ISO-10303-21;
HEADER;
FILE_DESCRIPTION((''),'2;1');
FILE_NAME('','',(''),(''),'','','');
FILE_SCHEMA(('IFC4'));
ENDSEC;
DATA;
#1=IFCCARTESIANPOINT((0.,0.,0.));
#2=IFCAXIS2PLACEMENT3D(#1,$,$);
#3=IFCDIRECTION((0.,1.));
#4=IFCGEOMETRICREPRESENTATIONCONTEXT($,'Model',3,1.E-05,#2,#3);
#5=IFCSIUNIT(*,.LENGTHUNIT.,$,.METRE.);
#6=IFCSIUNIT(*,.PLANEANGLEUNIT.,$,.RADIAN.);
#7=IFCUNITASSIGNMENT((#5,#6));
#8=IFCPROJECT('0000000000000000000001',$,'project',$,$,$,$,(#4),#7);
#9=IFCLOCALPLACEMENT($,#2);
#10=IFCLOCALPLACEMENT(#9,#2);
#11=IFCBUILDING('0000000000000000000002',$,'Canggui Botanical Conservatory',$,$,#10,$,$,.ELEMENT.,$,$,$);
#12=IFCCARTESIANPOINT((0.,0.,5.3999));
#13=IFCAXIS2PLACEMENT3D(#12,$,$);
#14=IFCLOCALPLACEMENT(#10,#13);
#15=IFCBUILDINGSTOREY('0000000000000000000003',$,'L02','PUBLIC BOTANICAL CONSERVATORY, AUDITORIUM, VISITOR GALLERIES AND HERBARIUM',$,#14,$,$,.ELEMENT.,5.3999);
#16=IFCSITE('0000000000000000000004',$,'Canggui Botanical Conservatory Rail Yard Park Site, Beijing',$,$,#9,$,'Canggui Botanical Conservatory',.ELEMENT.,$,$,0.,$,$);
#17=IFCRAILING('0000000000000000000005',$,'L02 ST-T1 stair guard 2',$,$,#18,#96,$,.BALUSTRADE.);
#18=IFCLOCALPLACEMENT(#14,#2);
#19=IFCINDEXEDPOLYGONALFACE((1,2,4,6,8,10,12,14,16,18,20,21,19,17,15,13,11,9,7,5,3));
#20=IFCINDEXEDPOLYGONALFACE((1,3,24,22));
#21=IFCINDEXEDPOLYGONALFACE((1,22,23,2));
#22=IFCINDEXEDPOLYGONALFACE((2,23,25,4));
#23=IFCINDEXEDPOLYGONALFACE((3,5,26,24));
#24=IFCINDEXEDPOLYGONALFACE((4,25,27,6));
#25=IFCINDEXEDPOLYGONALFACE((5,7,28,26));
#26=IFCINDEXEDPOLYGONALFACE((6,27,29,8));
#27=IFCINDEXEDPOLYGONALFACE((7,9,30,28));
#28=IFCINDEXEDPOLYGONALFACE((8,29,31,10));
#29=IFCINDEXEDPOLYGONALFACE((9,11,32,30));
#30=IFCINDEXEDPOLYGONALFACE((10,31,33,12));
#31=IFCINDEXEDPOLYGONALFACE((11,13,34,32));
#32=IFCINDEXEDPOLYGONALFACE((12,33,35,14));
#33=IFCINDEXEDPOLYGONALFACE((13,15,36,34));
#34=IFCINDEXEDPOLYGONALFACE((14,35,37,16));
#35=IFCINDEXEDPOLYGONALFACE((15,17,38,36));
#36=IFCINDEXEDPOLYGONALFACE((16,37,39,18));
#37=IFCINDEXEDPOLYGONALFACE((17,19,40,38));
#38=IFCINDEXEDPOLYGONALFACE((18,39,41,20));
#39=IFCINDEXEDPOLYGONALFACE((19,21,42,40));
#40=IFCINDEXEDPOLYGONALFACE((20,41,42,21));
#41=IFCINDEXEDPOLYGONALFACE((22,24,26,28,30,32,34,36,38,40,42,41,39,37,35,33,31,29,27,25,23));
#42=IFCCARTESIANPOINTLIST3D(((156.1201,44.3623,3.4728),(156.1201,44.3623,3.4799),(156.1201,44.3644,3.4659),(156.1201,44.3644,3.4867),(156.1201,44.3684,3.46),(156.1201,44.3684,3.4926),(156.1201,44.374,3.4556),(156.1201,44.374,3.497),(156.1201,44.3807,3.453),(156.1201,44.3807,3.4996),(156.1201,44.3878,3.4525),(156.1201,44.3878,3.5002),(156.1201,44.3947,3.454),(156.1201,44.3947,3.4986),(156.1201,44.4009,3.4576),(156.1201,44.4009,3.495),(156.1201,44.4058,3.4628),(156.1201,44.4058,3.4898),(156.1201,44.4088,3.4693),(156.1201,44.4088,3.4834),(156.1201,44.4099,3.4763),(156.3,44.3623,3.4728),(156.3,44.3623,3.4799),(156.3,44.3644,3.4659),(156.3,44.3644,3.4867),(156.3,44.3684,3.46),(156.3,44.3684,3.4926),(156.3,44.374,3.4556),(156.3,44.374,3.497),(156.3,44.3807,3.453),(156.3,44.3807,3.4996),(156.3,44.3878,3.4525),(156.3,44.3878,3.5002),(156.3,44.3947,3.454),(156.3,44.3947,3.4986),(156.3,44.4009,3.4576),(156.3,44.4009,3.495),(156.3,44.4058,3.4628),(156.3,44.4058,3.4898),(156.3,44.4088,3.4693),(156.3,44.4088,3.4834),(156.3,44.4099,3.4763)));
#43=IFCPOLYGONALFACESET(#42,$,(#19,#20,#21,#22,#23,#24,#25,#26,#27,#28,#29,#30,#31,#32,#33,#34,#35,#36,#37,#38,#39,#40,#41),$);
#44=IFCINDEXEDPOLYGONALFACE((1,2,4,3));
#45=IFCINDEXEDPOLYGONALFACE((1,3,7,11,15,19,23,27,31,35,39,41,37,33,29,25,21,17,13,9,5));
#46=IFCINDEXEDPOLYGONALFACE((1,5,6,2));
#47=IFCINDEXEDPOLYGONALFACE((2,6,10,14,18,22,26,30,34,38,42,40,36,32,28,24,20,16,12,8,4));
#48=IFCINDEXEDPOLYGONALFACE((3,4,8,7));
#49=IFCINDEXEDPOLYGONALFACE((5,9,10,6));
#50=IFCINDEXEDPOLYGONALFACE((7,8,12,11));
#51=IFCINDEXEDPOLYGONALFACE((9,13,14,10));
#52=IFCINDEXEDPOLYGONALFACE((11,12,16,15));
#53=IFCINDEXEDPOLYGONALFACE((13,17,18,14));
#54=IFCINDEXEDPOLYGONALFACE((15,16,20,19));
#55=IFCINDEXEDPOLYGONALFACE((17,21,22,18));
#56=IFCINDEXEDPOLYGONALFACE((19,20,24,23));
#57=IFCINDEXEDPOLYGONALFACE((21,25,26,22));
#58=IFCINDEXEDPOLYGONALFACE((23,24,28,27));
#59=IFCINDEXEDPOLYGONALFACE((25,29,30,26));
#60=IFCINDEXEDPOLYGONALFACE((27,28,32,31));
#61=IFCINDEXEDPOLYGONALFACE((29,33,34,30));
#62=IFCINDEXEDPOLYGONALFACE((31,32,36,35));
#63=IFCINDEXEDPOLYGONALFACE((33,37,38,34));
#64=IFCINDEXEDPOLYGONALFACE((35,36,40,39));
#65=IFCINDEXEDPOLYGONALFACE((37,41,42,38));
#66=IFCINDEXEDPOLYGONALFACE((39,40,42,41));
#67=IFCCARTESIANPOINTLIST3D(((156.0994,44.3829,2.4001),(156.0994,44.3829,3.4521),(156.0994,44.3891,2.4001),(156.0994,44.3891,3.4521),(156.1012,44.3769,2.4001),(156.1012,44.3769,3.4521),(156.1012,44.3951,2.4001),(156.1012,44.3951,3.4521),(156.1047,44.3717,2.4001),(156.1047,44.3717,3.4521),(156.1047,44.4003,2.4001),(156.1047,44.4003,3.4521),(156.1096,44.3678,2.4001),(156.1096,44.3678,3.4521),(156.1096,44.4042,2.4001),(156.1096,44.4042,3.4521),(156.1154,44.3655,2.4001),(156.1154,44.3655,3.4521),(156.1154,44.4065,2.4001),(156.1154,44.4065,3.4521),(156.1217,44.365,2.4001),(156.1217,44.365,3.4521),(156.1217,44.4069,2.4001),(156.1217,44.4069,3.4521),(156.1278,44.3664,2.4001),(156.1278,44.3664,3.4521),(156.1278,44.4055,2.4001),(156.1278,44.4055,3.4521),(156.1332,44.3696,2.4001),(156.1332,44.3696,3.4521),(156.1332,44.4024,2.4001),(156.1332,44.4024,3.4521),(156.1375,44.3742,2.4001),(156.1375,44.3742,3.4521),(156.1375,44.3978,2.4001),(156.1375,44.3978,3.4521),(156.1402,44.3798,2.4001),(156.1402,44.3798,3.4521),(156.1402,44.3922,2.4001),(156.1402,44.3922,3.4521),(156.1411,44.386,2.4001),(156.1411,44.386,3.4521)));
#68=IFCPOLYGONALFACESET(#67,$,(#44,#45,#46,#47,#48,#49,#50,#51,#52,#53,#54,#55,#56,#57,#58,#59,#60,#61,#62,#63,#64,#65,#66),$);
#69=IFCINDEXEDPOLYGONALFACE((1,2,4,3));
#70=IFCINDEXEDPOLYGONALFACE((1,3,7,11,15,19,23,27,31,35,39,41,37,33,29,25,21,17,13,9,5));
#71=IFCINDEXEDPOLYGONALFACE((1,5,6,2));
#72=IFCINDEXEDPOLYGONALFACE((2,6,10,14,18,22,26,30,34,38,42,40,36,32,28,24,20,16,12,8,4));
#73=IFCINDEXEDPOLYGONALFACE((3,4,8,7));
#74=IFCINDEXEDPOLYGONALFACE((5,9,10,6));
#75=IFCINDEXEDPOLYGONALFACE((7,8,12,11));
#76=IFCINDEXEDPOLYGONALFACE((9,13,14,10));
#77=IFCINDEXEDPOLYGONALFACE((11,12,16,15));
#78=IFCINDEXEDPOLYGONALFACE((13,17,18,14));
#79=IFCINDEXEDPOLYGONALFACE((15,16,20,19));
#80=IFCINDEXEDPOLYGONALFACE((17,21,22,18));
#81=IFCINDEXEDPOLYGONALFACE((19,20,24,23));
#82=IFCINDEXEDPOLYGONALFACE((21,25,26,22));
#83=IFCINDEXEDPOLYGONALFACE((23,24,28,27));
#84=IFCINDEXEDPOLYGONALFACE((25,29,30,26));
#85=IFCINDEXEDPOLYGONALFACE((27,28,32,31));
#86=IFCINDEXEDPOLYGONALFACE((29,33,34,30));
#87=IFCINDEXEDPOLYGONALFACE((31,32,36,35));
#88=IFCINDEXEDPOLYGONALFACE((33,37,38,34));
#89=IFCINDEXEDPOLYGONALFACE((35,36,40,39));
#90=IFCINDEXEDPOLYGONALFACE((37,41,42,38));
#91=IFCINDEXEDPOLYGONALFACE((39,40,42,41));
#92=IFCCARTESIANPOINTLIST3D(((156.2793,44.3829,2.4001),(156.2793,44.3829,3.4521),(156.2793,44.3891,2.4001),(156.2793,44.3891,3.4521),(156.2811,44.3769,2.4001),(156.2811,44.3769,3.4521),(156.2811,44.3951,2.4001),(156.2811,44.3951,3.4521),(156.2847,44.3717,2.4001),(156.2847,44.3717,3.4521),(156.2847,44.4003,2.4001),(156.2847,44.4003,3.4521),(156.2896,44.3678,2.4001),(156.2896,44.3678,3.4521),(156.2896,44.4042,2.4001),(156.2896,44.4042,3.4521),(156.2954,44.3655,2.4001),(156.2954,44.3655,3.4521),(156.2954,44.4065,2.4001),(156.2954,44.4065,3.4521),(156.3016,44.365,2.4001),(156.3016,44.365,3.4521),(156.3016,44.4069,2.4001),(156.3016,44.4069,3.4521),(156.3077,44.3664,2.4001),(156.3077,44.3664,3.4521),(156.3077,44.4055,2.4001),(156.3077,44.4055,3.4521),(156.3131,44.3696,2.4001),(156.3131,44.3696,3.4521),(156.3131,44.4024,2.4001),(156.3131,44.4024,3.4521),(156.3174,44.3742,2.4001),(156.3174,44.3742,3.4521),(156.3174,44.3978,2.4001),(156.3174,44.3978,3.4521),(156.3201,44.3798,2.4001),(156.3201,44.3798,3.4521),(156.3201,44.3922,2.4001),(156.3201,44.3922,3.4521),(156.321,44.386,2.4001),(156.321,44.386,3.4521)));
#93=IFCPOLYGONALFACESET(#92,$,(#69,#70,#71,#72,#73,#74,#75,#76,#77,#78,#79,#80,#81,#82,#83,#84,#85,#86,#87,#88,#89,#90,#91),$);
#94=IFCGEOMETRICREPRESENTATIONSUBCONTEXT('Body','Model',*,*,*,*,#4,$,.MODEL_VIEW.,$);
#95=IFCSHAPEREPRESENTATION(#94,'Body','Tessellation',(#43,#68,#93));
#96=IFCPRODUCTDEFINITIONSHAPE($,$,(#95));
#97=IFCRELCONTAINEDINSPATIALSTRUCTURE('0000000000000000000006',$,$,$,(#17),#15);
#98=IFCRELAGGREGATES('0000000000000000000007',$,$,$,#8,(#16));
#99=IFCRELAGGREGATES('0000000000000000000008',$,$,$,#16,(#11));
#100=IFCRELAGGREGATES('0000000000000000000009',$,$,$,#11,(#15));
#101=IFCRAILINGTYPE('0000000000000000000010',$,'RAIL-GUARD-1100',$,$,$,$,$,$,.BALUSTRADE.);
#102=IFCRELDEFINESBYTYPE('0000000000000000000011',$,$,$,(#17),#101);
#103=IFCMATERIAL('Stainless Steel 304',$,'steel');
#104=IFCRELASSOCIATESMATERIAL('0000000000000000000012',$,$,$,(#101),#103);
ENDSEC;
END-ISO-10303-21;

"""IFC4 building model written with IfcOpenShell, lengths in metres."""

from ifc_helpers import new_model, si_unit, direction, frame, origin, origin_2d, place, context, subcontext, project, spatial, circle, extrude, material, type_object, element, save


model = new_model("IFC4")

# Units and contexts
model_context = context("Model", 3, precision=1e-05, world=origin(), true_north=direction((0.0, 1.0)))
body_context = subcontext(model_context, "Body", "Model", "MODEL_VIEW")
ifc_project = project(units=[si_unit("LENGTHUNIT", "METRE"), si_unit("PLANEANGLEUNIT", "RADIAN")], contexts=[model_context])

# Site, building, storey
site_placement = place(None, origin())
site = spatial("IfcSite", under=ifc_project, at=site_placement, Name="Canggui Botanical Conservatory Rail Yard Park Site, Beijing", LongName="Canggui Botanical Conservatory", CompositionType="ELEMENT", RefElevation=0.0)
building_placement = place(site_placement, origin())
building = spatial("IfcBuilding", under=site, at=building_placement, Name="Canggui Botanical Conservatory", CompositionType="ELEMENT")
storey_placement = place(building_placement, frame((0.0, 0.0, 5.3999)))
storey = spatial("IfcBuildingStorey", under=building, at=storey_placement, Name="L02", Description="PUBLIC BOTANICAL CONSERVATORY, AUDITORIUM, VISITOR GALLERIES AND HERBARIUM", CompositionType="ELEMENT", Elevation=5.3999)

# Railing
ifc_material_1 = material(Name="Stainless Steel 304", Category="steel")
railing_type_1 = type_object("IfcRailingType", Name="RAIL-GUARD-1100", PredefinedType="BALUSTRADE", material=ifc_material_1)
railing_1_placement = place(storey_placement, frame((156.1201, 44.386, 2.4001)))
element("IfcRailing", 1, at=railing_1_placement, inside=storey, type_object=railing_type_1, Name="L02 ST-T1 stair guard 2", PredefinedType="BALUSTRADE", context=body_context, shape_type="SweptSolid", body=[
    extrude(circle(Radius=0.0239, at=origin_2d()), frame((0.0, 0.0, 1.0762), z_axis=(1.0, 0.0, 0.0), x_axis=(0.0, 1.0, 0.0)), (0.0, 0.0, 1.0), 0.1799),
    extrude(circle(Radius=0.021, at=origin_2d()), origin(), (0.0, 0.0, 1.0), 1.052),
    extrude(circle(Radius=0.021, at=origin_2d()), frame((0.1799, 0.0, 0.0)), (0.0, 0.0, 1.0), 1.052),
])

save(model, "model.ifc")
